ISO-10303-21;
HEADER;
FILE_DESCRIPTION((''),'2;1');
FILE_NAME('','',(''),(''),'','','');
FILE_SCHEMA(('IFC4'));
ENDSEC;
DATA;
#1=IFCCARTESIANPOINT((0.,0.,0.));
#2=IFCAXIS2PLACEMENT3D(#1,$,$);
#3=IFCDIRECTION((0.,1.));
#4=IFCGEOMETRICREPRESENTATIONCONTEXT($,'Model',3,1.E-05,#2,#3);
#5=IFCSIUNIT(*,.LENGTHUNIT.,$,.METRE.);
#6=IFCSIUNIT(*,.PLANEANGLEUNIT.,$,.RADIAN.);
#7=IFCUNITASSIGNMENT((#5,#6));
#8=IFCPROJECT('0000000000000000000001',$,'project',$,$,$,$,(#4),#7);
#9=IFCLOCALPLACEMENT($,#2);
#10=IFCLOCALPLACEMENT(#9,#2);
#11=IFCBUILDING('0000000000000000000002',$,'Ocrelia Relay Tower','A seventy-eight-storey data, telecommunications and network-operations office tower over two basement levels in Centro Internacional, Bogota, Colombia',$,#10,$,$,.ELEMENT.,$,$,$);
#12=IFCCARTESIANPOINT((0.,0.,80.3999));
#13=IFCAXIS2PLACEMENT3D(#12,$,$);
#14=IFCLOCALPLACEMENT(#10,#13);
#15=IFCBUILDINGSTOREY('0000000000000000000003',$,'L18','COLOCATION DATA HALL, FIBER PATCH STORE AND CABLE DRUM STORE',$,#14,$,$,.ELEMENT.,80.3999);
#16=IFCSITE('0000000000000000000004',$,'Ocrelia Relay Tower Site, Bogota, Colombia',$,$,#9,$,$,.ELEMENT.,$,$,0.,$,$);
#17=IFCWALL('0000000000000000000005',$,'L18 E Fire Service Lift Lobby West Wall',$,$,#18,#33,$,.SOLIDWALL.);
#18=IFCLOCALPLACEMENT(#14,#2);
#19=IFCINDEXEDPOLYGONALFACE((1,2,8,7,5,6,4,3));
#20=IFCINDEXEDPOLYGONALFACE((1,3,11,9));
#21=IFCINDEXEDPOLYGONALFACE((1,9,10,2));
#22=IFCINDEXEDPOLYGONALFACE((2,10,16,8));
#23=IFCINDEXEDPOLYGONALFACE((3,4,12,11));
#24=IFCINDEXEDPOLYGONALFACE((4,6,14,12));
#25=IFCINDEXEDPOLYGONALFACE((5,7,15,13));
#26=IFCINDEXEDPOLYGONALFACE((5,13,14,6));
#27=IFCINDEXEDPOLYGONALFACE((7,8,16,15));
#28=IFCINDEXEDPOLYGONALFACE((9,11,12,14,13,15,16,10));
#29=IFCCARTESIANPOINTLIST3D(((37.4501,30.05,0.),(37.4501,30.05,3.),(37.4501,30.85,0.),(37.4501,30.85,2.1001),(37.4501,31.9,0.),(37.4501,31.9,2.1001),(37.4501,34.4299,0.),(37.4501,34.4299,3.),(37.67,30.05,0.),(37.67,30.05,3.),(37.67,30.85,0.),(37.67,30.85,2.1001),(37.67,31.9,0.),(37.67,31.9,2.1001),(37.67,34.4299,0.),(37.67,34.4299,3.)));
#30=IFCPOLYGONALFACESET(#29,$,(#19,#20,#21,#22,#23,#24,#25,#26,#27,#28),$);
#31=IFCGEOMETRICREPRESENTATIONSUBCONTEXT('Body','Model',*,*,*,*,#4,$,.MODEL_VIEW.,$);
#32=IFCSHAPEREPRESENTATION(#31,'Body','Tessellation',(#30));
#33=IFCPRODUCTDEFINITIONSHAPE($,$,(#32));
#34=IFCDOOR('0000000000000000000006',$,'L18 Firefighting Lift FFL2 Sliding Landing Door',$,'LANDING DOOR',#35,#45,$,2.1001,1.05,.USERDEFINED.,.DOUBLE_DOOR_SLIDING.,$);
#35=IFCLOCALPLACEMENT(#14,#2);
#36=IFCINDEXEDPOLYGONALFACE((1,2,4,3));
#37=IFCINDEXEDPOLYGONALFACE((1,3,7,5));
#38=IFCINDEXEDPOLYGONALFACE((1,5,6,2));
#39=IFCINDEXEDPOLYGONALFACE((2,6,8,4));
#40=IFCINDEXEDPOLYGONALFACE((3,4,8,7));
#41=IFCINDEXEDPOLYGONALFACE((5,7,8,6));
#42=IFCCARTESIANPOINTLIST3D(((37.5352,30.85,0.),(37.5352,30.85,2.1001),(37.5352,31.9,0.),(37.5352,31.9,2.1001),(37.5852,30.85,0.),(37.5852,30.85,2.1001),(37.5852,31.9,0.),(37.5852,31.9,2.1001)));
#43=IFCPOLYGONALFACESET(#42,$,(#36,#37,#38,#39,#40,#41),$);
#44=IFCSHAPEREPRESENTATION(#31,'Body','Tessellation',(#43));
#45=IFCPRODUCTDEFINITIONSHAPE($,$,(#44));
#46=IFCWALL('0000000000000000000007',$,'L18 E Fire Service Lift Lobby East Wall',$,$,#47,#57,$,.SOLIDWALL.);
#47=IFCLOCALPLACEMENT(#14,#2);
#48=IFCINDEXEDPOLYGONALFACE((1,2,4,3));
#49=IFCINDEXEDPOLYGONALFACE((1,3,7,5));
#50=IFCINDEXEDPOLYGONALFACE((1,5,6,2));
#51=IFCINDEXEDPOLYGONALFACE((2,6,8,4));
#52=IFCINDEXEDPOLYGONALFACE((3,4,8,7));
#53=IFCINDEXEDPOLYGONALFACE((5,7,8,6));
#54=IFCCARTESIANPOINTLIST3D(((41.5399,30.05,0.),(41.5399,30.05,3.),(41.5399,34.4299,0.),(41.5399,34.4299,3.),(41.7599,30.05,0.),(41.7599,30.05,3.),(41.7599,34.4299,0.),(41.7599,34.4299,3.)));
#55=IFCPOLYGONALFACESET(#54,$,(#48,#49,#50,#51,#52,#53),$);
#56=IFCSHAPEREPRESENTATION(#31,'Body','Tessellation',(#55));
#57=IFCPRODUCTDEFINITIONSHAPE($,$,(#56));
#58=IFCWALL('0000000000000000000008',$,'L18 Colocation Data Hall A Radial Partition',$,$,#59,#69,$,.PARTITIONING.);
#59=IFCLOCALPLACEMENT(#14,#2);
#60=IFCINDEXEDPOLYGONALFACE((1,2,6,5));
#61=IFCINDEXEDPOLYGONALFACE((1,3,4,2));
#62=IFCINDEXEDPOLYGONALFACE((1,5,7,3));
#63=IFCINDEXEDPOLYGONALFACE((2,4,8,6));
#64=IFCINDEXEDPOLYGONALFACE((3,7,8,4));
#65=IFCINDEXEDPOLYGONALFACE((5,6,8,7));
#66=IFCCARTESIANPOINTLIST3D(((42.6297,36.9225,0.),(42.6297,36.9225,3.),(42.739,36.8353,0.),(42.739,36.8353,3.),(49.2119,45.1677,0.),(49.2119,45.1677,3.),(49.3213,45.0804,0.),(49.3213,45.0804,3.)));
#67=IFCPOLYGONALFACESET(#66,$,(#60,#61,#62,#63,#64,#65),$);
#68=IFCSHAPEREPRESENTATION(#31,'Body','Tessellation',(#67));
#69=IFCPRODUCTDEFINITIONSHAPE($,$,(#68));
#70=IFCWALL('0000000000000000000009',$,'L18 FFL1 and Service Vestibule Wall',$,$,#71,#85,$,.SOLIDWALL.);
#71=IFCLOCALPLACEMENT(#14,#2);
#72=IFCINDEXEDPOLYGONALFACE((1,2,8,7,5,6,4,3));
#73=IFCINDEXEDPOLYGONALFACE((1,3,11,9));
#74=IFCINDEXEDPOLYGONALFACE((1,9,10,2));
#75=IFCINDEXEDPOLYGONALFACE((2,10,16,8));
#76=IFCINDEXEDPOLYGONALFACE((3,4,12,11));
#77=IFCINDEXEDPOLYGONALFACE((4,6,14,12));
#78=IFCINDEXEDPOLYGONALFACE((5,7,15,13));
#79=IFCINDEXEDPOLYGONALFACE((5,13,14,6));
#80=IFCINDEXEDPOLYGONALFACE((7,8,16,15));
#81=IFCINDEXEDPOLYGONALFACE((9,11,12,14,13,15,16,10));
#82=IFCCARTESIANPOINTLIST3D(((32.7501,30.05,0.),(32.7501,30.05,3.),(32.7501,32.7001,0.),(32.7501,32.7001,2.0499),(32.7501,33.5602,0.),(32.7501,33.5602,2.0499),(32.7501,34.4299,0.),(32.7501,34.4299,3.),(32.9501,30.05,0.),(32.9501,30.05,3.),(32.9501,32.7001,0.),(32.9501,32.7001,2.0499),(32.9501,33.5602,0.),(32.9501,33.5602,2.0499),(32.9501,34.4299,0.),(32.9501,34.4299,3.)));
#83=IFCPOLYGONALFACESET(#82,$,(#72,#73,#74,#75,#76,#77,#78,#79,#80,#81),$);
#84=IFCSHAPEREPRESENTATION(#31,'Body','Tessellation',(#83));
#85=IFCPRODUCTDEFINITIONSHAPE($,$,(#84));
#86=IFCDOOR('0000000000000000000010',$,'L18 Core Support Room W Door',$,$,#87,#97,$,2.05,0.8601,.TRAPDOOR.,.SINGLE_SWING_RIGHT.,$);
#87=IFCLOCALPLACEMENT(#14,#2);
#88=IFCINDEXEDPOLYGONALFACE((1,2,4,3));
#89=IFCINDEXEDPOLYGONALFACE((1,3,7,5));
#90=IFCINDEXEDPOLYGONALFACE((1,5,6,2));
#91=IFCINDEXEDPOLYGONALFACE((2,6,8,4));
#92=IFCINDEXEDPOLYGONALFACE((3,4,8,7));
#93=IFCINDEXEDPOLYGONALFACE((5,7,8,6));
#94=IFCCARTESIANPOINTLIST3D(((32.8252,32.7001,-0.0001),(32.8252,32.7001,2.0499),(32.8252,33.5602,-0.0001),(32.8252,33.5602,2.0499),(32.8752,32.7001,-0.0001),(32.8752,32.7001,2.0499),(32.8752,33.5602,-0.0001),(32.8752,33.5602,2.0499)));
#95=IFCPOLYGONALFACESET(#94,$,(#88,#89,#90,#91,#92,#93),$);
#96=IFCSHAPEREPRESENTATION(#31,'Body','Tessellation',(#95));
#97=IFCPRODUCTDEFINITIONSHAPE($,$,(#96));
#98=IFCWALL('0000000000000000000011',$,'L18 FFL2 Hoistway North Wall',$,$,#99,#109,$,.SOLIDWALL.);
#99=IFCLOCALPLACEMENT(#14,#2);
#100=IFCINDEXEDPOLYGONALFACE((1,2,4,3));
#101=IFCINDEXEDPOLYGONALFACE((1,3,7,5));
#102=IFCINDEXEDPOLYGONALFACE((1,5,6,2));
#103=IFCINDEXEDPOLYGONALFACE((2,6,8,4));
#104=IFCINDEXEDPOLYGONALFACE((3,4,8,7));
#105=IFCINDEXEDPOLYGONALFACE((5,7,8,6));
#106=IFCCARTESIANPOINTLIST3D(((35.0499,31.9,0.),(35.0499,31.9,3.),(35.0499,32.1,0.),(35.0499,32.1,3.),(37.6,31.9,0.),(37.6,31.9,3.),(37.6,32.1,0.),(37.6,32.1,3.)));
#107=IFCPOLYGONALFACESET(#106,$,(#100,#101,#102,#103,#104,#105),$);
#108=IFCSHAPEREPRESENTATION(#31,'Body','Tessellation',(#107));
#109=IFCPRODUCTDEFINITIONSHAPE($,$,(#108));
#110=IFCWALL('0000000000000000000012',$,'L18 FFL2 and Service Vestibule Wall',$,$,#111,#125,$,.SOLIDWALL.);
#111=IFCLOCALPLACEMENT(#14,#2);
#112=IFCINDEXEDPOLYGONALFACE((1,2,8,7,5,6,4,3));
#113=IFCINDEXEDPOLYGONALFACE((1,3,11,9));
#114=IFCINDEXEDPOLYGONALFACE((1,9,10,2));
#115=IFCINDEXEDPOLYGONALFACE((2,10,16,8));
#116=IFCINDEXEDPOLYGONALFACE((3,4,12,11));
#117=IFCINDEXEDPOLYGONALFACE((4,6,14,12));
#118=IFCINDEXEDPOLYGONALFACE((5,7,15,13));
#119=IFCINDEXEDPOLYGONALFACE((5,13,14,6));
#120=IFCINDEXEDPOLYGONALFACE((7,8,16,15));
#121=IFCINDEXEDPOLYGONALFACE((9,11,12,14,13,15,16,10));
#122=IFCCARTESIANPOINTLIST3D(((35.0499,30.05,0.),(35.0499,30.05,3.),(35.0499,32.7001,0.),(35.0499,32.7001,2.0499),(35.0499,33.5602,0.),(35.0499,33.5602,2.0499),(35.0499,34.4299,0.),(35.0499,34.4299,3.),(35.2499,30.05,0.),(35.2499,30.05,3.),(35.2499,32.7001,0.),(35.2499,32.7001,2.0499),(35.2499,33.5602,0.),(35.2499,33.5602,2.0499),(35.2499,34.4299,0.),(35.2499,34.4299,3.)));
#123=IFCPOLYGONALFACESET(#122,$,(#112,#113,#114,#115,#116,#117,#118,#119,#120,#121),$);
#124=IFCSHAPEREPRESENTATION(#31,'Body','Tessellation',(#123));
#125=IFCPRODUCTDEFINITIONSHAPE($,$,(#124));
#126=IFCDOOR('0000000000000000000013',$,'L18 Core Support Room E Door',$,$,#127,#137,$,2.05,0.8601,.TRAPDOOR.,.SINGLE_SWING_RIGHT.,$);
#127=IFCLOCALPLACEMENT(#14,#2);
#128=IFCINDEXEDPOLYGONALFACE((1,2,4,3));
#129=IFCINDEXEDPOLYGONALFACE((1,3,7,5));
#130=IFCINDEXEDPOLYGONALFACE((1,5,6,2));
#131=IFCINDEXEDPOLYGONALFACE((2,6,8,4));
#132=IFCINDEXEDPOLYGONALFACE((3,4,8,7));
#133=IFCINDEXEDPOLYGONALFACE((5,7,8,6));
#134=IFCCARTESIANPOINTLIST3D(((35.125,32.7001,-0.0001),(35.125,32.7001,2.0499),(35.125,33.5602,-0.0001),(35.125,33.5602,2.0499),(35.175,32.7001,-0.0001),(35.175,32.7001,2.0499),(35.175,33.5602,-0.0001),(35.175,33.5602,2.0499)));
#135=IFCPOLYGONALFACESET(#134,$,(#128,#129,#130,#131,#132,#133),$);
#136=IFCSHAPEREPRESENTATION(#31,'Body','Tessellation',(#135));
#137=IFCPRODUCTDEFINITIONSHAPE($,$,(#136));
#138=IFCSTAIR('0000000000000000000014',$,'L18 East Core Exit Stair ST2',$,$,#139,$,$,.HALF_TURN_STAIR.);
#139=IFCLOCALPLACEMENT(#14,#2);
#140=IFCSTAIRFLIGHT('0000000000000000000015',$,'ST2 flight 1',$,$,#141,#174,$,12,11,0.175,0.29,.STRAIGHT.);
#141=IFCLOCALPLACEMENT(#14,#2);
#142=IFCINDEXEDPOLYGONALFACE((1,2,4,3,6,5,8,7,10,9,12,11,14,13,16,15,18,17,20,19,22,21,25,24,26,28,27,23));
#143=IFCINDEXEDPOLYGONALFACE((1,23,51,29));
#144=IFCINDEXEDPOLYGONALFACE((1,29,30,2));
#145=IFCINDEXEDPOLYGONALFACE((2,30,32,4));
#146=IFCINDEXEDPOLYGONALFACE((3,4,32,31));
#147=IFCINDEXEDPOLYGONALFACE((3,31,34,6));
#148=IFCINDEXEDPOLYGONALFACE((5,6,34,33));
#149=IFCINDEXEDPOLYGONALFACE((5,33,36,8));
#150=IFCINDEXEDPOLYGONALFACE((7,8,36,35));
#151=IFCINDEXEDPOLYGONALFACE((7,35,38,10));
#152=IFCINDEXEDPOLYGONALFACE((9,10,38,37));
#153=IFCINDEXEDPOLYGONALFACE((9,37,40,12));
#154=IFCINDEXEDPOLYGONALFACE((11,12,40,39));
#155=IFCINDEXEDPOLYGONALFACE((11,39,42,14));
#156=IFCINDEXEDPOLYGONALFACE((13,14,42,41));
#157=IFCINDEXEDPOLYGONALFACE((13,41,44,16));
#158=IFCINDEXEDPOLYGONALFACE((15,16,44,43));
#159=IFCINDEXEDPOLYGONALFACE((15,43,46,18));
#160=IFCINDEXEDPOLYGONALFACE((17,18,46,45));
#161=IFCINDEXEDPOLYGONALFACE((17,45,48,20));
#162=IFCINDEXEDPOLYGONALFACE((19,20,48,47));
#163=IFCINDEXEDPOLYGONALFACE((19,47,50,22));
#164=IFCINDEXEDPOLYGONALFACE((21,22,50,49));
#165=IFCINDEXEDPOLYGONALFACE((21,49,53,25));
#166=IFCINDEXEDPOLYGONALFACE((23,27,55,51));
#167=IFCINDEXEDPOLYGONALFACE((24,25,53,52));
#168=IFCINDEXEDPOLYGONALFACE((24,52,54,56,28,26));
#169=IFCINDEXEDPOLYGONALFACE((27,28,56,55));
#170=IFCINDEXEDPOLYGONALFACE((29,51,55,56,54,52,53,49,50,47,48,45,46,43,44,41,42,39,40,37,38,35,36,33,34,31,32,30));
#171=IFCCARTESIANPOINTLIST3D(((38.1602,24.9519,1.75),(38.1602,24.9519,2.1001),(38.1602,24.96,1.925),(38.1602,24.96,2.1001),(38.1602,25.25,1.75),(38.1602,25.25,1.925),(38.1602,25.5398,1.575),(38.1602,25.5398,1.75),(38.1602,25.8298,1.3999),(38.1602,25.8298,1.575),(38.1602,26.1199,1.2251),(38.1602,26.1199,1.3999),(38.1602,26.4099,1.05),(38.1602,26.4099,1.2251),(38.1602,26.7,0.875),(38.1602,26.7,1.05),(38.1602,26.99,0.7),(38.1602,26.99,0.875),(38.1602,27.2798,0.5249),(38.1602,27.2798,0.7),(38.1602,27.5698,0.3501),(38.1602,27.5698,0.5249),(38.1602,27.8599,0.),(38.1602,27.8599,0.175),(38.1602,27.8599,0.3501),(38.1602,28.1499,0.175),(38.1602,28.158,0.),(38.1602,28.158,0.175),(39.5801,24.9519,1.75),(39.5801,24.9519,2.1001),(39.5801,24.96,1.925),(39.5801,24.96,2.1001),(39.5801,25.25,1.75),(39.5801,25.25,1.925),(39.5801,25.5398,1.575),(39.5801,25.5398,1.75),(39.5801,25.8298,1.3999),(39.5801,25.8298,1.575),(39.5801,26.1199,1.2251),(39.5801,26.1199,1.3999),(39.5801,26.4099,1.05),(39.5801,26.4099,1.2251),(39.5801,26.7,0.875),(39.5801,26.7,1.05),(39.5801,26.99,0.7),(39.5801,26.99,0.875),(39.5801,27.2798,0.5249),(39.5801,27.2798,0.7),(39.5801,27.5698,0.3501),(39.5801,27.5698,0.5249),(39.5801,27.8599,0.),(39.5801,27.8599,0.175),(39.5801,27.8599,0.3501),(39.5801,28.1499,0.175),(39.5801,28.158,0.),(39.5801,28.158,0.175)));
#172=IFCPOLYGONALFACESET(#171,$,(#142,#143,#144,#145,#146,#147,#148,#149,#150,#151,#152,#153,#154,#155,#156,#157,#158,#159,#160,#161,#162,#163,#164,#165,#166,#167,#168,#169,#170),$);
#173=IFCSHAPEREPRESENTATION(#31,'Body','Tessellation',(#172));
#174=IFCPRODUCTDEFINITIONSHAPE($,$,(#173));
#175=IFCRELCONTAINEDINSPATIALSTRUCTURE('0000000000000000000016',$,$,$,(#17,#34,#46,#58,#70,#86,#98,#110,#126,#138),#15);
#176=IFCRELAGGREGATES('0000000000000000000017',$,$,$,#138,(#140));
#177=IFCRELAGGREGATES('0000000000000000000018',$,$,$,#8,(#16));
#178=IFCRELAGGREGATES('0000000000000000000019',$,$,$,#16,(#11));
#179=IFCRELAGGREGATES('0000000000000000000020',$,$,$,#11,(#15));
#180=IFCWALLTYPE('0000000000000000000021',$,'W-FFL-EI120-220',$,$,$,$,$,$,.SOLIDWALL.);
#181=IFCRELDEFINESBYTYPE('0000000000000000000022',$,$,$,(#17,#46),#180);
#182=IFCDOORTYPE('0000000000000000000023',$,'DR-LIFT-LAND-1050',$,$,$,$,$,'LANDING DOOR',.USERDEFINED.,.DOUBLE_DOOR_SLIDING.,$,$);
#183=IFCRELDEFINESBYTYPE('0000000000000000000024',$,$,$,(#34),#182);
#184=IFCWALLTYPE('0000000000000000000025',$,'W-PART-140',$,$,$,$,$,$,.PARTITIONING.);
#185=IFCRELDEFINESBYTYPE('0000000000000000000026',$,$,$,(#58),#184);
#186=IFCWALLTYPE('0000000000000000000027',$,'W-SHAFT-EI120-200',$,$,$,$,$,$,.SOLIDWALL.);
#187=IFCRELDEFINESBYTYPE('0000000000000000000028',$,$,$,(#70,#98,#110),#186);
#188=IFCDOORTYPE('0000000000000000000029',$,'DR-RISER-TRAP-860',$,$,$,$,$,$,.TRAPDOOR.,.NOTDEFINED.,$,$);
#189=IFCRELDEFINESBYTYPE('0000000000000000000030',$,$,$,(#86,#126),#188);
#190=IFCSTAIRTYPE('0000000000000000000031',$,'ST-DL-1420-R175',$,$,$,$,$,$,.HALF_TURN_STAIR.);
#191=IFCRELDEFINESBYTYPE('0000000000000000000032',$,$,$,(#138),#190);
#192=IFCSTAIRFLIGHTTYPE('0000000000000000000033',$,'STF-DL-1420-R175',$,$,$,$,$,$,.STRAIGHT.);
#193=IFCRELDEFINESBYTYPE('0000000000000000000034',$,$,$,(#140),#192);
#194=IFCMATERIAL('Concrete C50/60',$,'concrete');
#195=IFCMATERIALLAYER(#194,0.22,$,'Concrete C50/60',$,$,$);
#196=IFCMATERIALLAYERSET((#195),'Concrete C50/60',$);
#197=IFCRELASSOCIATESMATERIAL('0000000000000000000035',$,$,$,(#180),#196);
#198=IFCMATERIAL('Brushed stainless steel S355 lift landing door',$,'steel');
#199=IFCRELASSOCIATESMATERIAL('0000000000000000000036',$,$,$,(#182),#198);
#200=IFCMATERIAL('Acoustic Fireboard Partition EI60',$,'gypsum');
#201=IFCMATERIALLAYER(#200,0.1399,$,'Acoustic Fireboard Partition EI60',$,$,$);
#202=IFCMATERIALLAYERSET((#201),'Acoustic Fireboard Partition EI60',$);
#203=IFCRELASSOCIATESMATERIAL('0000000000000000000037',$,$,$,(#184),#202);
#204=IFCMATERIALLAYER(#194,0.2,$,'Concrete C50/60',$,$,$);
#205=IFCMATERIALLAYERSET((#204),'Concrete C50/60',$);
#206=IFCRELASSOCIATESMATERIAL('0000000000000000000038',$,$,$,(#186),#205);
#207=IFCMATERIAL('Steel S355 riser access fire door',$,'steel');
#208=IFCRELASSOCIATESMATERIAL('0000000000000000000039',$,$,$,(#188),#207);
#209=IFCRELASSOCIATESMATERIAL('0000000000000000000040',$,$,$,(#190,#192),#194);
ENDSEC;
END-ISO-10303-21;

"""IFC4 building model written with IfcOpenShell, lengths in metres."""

from ifc_helpers import new_model, si_unit, direction, frame, frame_2d, origin, place, context, subcontext, project, spatial, polyline, rectangle, outline, extrude, material, layer, layer_set, type_object, element, fill, aggregate, save


model = new_model("IFC4")

# Units and contexts
model_context = context("Model", 3, precision=1e-05, world=origin(), true_north=direction((0.0, 1.0)))
body_context = subcontext(model_context, "Body", "Model", "MODEL_VIEW")
ifc_project = project(units=[si_unit("LENGTHUNIT", "METRE"), si_unit("PLANEANGLEUNIT", "RADIAN")], contexts=[model_context])

# Site, building, storey
site_placement = place(None, origin())
site = spatial("IfcSite", under=ifc_project, at=site_placement, Name="Ocrelia Relay Tower Site, Bogota, Colombia", CompositionType="ELEMENT", RefElevation=0.0)
building_placement = place(site_placement, origin())
building = spatial("IfcBuilding", under=site, at=building_placement, Name="Ocrelia Relay Tower", Description="A seventy-eight-storey data, telecommunications and network-operations office tower over two basement levels in Centro Internacional, Bogota, Colombia", CompositionType="ELEMENT")
storey_placement = place(building_placement, frame((0.0, 0.0, 80.3999)))
storey = spatial("IfcBuildingStorey", under=building, at=storey_placement, Name="L18", Description="COLOCATION DATA HALL, FIBER PATCH STORE AND CABLE DRUM STORE", CompositionType="ELEMENT", Elevation=80.3999)

# Wall, opening, door
ifc_material_1 = material(Name="Concrete C50/60", Category="concrete")
ifc_layer_1 = layer(ifc_material_1, 0.22, Name="Concrete C50/60")
ifc_layer_set_1 = layer_set([ifc_layer_1], Name="Concrete C50/60")
wall_type_1 = type_object("IfcWallType", Name="W-FFL-EI120-220", PredefinedType="SOLIDWALL", material=ifc_layer_set_1)
wall_1_placement = place(storey_placement, frame((37.5601, 30.05, 0.0), z_axis=(0.0, 0.0, 1.0), x_axis=(0.0, 1.0, 0.0)))
wall_1 = element("IfcWall", 1, at=wall_1_placement, inside=storey, type_object=wall_type_1, Name="L18 E Fire Service Lift Lobby West Wall", PredefinedType="SOLIDWALL", context=body_context, shape_type="SweptSolid", body=[
    extrude(rectangle(XDim=4.3799, YDim=0.22, at=frame_2d((2.1899, 0.0))), origin(), (0.0, 0.0, 1.0), 3.0),
])
opening_1_placement = place(wall_1_placement, frame((0.8, 0.0, 0.0)))
opening_1 = element("IfcOpeningElement", 2, at=opening_1_placement, cuts=wall_1, PredefinedType="OPENING", context=body_context, shape_type="SweptSolid", body=[
    extrude(rectangle(XDim=1.05, YDim=2.1001, at=frame_2d((0.5249, 1.05))), frame((0.0, 0.1201, 0.0), z_axis=(0.0, -1.0, 0.0), x_axis=(1.0, 0.0, 0.0)), (0.0, 0.0, 1.0), 0.24),
])
ifc_material_2 = material(Name="Brushed stainless steel S355 lift landing door", Category="steel")
door_type_1 = type_object("IfcDoorType", Name="DR-LIFT-LAND-1050", ElementType="LANDING DOOR", OperationType="DOUBLE_DOOR_SLIDING", PredefinedType="USERDEFINED", material=ifc_material_2)
door_1_placement = place(opening_1_placement, origin())
door_1 = element("IfcDoor", 3, at=door_1_placement, inside=storey, type_object=door_type_1, Name="L18 Firefighting Lift FFL2 Sliding Landing Door", ObjectType="LANDING DOOR", OperationType="DOUBLE_DOOR_SLIDING", OverallHeight=2.1001, OverallWidth=1.05, PredefinedType="USERDEFINED", context=body_context, shape_type="SweptSolid", body=[
    extrude(rectangle(XDim=1.05, YDim=2.1001, at=frame_2d((0.5249, 1.05))), frame((0.0, 0.0249, 0.0), z_axis=(0.0, -1.0, 0.0), x_axis=(1.0, 0.0, 0.0)), (0.0, 0.0, 1.0), 0.05),
])
fill(opening_1, door_1)

# Wall
wall_2_placement = place(storey_placement, frame((41.6499, 30.05, 0.0), z_axis=(0.0, 0.0, 1.0), x_axis=(0.0, 1.0, 0.0)))
element("IfcWall", 4, at=wall_2_placement, inside=storey, type_object=wall_type_1, Name="L18 E Fire Service Lift Lobby East Wall", PredefinedType="SOLIDWALL", context=body_context, shape_type="SweptSolid", body=[
    extrude(rectangle(XDim=4.3799, YDim=0.22, at=frame_2d((2.1899, 0.0))), origin(), (0.0, 0.0, 1.0), 3.0),
])

# Wall
ifc_material_3 = material(Name="Acoustic Fireboard Partition EI60", Category="gypsum")
ifc_layer_2 = layer(ifc_material_3, 0.1399, Name="Acoustic Fireboard Partition EI60")
ifc_layer_set_2 = layer_set([ifc_layer_2], Name="Acoustic Fireboard Partition EI60")
wall_type_2 = type_object("IfcWallType", Name="W-PART-140", PredefinedType="PARTITIONING", material=ifc_layer_set_2)
wall_3_placement = place(storey_placement, frame((42.6843, 36.8789, 0.0), z_axis=(0.0, 0.0, 1.0), x_axis=(0.623896, 0.781507, 0.0)))
element("IfcWall", 5, at=wall_3_placement, inside=storey, type_object=wall_type_2, Name="L18 Colocation Data Hall A Radial Partition", PredefinedType="PARTITIONING", context=body_context, shape_type="SweptSolid", body=[
    extrude(rectangle(XDim=10.5503, YDim=0.1399, at=frame_2d((5.2751, 0.0))), origin(), (0.0, 0.0, 1.0), 3.0),
])

# Wall, opening, door
ifc_layer_3 = layer(ifc_material_1, 0.2, Name="Concrete C50/60")
ifc_layer_set_3 = layer_set([ifc_layer_3], Name="Concrete C50/60")
wall_type_3 = type_object("IfcWallType", Name="W-SHAFT-EI120-200", PredefinedType="SOLIDWALL", material=ifc_layer_set_3)
wall_4_placement = place(storey_placement, frame((32.8501, 30.05, 0.0), z_axis=(0.0, 0.0, 1.0), x_axis=(0.0, 1.0, 0.0)))
wall_4 = element("IfcWall", 6, at=wall_4_placement, inside=storey, type_object=wall_type_3, Name="L18 FFL1 and Service Vestibule Wall", PredefinedType="SOLIDWALL", context=body_context, shape_type="SweptSolid", body=[
    extrude(rectangle(XDim=4.3799, YDim=0.2, at=frame_2d((2.1899, 0.0))), origin(), (0.0, 0.0, 1.0), 3.0),
])
opening_2_placement = place(wall_4_placement, frame((2.6499, 0.0, 0.0)))
opening_2 = element("IfcOpeningElement", 7, at=opening_2_placement, cuts=wall_4, PredefinedType="OPENING", context=body_context, shape_type="SweptSolid", body=[
    extrude(rectangle(XDim=0.8601, YDim=2.05, at=frame_2d((0.4302, 1.0249))), frame((0.0, 0.1099, 0.0), z_axis=(0.0, -1.0, 0.0), x_axis=(1.0, 0.0, 0.0)), (0.0, 0.0, 1.0), 0.22),
])
ifc_material_4 = material(Name="Steel S355 riser access fire door", Category="steel")
door_type_2 = type_object("IfcDoorType", Name="DR-RISER-TRAP-860", OperationType="NOTDEFINED", PredefinedType="TRAPDOOR", material=ifc_material_4)
door_2_placement = place(opening_2_placement, origin())
door_2 = element("IfcDoor", 8, at=door_2_placement, inside=storey, type_object=door_type_2, Name="L18 Core Support Room W Door", OperationType="SINGLE_SWING_RIGHT", OverallHeight=2.05, OverallWidth=0.8601, PredefinedType="TRAPDOOR", context=body_context, shape_type="SweptSolid", body=[
    extrude(rectangle(XDim=0.8601, YDim=2.05, at=frame_2d((0.4302, 1.0249))), frame((0.0, 0.0249, 0.0), z_axis=(0.0, -1.0, 0.0), x_axis=(1.0, 0.0, 0.0)), (0.0, 0.0, 1.0), 0.05),
])
fill(opening_2, door_2)

# Wall
wall_5_placement = place(storey_placement, frame((35.05, 32.0, 0.0), z_axis=(0.0, 0.0, 1.0), x_axis=(1.0, 0.0, 0.0)))
element("IfcWall", 9, at=wall_5_placement, inside=storey, type_object=wall_type_3, Name="L18 FFL2 Hoistway North Wall", PredefinedType="SOLIDWALL", context=body_context, shape_type="SweptSolid", body=[
    extrude(rectangle(XDim=2.55, YDim=0.2, at=frame_2d((1.2749, 0.0))), origin(), (0.0, 0.0, 1.0), 3.0),
])

# Wall, opening, door
wall_6_placement = place(storey_placement, frame((35.1499, 30.05, 0.0), z_axis=(0.0, 0.0, 1.0), x_axis=(0.0, 1.0, 0.0)))
wall_6 = element("IfcWall", 10, at=wall_6_placement, inside=storey, type_object=wall_type_3, Name="L18 FFL2 and Service Vestibule Wall", PredefinedType="SOLIDWALL", context=body_context, shape_type="SweptSolid", body=[
    extrude(rectangle(XDim=4.3799, YDim=0.2, at=frame_2d((2.1899, 0.0))), origin(), (0.0, 0.0, 1.0), 3.0),
])
opening_3_placement = place(wall_6_placement, frame((2.6499, 0.0, 0.0)))
opening_3 = element("IfcOpeningElement", 11, at=opening_3_placement, cuts=wall_6, PredefinedType="OPENING", context=body_context, shape_type="SweptSolid", body=[
    extrude(rectangle(XDim=0.8601, YDim=2.05, at=frame_2d((0.4302, 1.0249))), frame((0.0, 0.1099, 0.0), z_axis=(0.0, -1.0, 0.0), x_axis=(1.0, 0.0, 0.0)), (0.0, 0.0, 1.0), 0.22),
])
door_3_placement = place(opening_3_placement, origin())
door_3 = element("IfcDoor", 12, at=door_3_placement, inside=storey, type_object=door_type_2, Name="L18 Core Support Room E Door", OperationType="SINGLE_SWING_RIGHT", OverallHeight=2.05, OverallWidth=0.8601, PredefinedType="TRAPDOOR", context=body_context, shape_type="SweptSolid", body=[
    extrude(rectangle(XDim=0.8601, YDim=2.05, at=frame_2d((0.4302, 1.0249))), frame((0.0, 0.0249, 0.0), z_axis=(0.0, -1.0, 0.0), x_axis=(1.0, 0.0, 0.0)), (0.0, 0.0, 1.0), 0.05),
])
fill(opening_3, door_3)

# Stair, stair flight
stair_type = type_object("IfcStairType", Name="ST-DL-1420-R175", PredefinedType="HALF_TURN_STAIR", material=ifc_material_1)
stair_placement = place(storey_placement, origin())
stair = element("IfcStair", 13, at=stair_placement, inside=storey, type_object=stair_type, Name="L18 East Core Exit Stair ST2", PredefinedType="HALF_TURN_STAIR")
stair_flight_type = type_object("IfcStairFlightType", Name="STF-DL-1420-R175", PredefinedType="STRAIGHT", material=ifc_material_1)
stair_flight_placement = place(storey_placement, frame((38.8701, 28.1499, 0.0), z_axis=(0.0, 0.0, 1.0), x_axis=(0.0, -1.0, 0.0)))
stair_flight = element("IfcStairFlight", 14, at=stair_flight_placement, type_object=stair_flight_type, Name="ST2 flight 1", NumberOfRisers=12, NumberOfTreads=11, PredefinedType="STRAIGHT", RiserHeight=0.175, TreadLength=0.29, context=body_context, shape_type="SweptSolid", body=[
    extrude(outline(polyline([(-0.0081, 0.0), (-0.0081, 0.175), (0.0, 0.175), (0.29, 0.175), (0.29, 0.3501), (0.5801, 0.3501), (0.5801, 0.5249), (0.8701, 0.5249), (0.8701, 0.7), (1.1599, 0.7), (1.1599, 0.875), (1.45, 0.875), (1.45, 1.05), (1.74, 1.05), (1.74, 1.2251), (2.03, 1.2251), (2.03, 1.3999), (2.3201, 1.3999), (2.3201, 1.575), (2.6101, 1.575), (2.6101, 1.75), (2.8999, 1.75), (2.8999, 1.925), (3.1899, 1.925), (3.1899, 2.1001), (3.198, 2.1001), (3.198, 1.75), (0.29, 0.0), (-0.0081, 0.0)])), frame((0.0, 0.71, 0.0), z_axis=(0.0, -1.0, 0.0), x_axis=(1.0, 0.0, 0.0)), (0.0, 0.0, 1.0), 1.4199),
])
aggregate(stair, [stair_flight])

save(model, "model.ifc")
